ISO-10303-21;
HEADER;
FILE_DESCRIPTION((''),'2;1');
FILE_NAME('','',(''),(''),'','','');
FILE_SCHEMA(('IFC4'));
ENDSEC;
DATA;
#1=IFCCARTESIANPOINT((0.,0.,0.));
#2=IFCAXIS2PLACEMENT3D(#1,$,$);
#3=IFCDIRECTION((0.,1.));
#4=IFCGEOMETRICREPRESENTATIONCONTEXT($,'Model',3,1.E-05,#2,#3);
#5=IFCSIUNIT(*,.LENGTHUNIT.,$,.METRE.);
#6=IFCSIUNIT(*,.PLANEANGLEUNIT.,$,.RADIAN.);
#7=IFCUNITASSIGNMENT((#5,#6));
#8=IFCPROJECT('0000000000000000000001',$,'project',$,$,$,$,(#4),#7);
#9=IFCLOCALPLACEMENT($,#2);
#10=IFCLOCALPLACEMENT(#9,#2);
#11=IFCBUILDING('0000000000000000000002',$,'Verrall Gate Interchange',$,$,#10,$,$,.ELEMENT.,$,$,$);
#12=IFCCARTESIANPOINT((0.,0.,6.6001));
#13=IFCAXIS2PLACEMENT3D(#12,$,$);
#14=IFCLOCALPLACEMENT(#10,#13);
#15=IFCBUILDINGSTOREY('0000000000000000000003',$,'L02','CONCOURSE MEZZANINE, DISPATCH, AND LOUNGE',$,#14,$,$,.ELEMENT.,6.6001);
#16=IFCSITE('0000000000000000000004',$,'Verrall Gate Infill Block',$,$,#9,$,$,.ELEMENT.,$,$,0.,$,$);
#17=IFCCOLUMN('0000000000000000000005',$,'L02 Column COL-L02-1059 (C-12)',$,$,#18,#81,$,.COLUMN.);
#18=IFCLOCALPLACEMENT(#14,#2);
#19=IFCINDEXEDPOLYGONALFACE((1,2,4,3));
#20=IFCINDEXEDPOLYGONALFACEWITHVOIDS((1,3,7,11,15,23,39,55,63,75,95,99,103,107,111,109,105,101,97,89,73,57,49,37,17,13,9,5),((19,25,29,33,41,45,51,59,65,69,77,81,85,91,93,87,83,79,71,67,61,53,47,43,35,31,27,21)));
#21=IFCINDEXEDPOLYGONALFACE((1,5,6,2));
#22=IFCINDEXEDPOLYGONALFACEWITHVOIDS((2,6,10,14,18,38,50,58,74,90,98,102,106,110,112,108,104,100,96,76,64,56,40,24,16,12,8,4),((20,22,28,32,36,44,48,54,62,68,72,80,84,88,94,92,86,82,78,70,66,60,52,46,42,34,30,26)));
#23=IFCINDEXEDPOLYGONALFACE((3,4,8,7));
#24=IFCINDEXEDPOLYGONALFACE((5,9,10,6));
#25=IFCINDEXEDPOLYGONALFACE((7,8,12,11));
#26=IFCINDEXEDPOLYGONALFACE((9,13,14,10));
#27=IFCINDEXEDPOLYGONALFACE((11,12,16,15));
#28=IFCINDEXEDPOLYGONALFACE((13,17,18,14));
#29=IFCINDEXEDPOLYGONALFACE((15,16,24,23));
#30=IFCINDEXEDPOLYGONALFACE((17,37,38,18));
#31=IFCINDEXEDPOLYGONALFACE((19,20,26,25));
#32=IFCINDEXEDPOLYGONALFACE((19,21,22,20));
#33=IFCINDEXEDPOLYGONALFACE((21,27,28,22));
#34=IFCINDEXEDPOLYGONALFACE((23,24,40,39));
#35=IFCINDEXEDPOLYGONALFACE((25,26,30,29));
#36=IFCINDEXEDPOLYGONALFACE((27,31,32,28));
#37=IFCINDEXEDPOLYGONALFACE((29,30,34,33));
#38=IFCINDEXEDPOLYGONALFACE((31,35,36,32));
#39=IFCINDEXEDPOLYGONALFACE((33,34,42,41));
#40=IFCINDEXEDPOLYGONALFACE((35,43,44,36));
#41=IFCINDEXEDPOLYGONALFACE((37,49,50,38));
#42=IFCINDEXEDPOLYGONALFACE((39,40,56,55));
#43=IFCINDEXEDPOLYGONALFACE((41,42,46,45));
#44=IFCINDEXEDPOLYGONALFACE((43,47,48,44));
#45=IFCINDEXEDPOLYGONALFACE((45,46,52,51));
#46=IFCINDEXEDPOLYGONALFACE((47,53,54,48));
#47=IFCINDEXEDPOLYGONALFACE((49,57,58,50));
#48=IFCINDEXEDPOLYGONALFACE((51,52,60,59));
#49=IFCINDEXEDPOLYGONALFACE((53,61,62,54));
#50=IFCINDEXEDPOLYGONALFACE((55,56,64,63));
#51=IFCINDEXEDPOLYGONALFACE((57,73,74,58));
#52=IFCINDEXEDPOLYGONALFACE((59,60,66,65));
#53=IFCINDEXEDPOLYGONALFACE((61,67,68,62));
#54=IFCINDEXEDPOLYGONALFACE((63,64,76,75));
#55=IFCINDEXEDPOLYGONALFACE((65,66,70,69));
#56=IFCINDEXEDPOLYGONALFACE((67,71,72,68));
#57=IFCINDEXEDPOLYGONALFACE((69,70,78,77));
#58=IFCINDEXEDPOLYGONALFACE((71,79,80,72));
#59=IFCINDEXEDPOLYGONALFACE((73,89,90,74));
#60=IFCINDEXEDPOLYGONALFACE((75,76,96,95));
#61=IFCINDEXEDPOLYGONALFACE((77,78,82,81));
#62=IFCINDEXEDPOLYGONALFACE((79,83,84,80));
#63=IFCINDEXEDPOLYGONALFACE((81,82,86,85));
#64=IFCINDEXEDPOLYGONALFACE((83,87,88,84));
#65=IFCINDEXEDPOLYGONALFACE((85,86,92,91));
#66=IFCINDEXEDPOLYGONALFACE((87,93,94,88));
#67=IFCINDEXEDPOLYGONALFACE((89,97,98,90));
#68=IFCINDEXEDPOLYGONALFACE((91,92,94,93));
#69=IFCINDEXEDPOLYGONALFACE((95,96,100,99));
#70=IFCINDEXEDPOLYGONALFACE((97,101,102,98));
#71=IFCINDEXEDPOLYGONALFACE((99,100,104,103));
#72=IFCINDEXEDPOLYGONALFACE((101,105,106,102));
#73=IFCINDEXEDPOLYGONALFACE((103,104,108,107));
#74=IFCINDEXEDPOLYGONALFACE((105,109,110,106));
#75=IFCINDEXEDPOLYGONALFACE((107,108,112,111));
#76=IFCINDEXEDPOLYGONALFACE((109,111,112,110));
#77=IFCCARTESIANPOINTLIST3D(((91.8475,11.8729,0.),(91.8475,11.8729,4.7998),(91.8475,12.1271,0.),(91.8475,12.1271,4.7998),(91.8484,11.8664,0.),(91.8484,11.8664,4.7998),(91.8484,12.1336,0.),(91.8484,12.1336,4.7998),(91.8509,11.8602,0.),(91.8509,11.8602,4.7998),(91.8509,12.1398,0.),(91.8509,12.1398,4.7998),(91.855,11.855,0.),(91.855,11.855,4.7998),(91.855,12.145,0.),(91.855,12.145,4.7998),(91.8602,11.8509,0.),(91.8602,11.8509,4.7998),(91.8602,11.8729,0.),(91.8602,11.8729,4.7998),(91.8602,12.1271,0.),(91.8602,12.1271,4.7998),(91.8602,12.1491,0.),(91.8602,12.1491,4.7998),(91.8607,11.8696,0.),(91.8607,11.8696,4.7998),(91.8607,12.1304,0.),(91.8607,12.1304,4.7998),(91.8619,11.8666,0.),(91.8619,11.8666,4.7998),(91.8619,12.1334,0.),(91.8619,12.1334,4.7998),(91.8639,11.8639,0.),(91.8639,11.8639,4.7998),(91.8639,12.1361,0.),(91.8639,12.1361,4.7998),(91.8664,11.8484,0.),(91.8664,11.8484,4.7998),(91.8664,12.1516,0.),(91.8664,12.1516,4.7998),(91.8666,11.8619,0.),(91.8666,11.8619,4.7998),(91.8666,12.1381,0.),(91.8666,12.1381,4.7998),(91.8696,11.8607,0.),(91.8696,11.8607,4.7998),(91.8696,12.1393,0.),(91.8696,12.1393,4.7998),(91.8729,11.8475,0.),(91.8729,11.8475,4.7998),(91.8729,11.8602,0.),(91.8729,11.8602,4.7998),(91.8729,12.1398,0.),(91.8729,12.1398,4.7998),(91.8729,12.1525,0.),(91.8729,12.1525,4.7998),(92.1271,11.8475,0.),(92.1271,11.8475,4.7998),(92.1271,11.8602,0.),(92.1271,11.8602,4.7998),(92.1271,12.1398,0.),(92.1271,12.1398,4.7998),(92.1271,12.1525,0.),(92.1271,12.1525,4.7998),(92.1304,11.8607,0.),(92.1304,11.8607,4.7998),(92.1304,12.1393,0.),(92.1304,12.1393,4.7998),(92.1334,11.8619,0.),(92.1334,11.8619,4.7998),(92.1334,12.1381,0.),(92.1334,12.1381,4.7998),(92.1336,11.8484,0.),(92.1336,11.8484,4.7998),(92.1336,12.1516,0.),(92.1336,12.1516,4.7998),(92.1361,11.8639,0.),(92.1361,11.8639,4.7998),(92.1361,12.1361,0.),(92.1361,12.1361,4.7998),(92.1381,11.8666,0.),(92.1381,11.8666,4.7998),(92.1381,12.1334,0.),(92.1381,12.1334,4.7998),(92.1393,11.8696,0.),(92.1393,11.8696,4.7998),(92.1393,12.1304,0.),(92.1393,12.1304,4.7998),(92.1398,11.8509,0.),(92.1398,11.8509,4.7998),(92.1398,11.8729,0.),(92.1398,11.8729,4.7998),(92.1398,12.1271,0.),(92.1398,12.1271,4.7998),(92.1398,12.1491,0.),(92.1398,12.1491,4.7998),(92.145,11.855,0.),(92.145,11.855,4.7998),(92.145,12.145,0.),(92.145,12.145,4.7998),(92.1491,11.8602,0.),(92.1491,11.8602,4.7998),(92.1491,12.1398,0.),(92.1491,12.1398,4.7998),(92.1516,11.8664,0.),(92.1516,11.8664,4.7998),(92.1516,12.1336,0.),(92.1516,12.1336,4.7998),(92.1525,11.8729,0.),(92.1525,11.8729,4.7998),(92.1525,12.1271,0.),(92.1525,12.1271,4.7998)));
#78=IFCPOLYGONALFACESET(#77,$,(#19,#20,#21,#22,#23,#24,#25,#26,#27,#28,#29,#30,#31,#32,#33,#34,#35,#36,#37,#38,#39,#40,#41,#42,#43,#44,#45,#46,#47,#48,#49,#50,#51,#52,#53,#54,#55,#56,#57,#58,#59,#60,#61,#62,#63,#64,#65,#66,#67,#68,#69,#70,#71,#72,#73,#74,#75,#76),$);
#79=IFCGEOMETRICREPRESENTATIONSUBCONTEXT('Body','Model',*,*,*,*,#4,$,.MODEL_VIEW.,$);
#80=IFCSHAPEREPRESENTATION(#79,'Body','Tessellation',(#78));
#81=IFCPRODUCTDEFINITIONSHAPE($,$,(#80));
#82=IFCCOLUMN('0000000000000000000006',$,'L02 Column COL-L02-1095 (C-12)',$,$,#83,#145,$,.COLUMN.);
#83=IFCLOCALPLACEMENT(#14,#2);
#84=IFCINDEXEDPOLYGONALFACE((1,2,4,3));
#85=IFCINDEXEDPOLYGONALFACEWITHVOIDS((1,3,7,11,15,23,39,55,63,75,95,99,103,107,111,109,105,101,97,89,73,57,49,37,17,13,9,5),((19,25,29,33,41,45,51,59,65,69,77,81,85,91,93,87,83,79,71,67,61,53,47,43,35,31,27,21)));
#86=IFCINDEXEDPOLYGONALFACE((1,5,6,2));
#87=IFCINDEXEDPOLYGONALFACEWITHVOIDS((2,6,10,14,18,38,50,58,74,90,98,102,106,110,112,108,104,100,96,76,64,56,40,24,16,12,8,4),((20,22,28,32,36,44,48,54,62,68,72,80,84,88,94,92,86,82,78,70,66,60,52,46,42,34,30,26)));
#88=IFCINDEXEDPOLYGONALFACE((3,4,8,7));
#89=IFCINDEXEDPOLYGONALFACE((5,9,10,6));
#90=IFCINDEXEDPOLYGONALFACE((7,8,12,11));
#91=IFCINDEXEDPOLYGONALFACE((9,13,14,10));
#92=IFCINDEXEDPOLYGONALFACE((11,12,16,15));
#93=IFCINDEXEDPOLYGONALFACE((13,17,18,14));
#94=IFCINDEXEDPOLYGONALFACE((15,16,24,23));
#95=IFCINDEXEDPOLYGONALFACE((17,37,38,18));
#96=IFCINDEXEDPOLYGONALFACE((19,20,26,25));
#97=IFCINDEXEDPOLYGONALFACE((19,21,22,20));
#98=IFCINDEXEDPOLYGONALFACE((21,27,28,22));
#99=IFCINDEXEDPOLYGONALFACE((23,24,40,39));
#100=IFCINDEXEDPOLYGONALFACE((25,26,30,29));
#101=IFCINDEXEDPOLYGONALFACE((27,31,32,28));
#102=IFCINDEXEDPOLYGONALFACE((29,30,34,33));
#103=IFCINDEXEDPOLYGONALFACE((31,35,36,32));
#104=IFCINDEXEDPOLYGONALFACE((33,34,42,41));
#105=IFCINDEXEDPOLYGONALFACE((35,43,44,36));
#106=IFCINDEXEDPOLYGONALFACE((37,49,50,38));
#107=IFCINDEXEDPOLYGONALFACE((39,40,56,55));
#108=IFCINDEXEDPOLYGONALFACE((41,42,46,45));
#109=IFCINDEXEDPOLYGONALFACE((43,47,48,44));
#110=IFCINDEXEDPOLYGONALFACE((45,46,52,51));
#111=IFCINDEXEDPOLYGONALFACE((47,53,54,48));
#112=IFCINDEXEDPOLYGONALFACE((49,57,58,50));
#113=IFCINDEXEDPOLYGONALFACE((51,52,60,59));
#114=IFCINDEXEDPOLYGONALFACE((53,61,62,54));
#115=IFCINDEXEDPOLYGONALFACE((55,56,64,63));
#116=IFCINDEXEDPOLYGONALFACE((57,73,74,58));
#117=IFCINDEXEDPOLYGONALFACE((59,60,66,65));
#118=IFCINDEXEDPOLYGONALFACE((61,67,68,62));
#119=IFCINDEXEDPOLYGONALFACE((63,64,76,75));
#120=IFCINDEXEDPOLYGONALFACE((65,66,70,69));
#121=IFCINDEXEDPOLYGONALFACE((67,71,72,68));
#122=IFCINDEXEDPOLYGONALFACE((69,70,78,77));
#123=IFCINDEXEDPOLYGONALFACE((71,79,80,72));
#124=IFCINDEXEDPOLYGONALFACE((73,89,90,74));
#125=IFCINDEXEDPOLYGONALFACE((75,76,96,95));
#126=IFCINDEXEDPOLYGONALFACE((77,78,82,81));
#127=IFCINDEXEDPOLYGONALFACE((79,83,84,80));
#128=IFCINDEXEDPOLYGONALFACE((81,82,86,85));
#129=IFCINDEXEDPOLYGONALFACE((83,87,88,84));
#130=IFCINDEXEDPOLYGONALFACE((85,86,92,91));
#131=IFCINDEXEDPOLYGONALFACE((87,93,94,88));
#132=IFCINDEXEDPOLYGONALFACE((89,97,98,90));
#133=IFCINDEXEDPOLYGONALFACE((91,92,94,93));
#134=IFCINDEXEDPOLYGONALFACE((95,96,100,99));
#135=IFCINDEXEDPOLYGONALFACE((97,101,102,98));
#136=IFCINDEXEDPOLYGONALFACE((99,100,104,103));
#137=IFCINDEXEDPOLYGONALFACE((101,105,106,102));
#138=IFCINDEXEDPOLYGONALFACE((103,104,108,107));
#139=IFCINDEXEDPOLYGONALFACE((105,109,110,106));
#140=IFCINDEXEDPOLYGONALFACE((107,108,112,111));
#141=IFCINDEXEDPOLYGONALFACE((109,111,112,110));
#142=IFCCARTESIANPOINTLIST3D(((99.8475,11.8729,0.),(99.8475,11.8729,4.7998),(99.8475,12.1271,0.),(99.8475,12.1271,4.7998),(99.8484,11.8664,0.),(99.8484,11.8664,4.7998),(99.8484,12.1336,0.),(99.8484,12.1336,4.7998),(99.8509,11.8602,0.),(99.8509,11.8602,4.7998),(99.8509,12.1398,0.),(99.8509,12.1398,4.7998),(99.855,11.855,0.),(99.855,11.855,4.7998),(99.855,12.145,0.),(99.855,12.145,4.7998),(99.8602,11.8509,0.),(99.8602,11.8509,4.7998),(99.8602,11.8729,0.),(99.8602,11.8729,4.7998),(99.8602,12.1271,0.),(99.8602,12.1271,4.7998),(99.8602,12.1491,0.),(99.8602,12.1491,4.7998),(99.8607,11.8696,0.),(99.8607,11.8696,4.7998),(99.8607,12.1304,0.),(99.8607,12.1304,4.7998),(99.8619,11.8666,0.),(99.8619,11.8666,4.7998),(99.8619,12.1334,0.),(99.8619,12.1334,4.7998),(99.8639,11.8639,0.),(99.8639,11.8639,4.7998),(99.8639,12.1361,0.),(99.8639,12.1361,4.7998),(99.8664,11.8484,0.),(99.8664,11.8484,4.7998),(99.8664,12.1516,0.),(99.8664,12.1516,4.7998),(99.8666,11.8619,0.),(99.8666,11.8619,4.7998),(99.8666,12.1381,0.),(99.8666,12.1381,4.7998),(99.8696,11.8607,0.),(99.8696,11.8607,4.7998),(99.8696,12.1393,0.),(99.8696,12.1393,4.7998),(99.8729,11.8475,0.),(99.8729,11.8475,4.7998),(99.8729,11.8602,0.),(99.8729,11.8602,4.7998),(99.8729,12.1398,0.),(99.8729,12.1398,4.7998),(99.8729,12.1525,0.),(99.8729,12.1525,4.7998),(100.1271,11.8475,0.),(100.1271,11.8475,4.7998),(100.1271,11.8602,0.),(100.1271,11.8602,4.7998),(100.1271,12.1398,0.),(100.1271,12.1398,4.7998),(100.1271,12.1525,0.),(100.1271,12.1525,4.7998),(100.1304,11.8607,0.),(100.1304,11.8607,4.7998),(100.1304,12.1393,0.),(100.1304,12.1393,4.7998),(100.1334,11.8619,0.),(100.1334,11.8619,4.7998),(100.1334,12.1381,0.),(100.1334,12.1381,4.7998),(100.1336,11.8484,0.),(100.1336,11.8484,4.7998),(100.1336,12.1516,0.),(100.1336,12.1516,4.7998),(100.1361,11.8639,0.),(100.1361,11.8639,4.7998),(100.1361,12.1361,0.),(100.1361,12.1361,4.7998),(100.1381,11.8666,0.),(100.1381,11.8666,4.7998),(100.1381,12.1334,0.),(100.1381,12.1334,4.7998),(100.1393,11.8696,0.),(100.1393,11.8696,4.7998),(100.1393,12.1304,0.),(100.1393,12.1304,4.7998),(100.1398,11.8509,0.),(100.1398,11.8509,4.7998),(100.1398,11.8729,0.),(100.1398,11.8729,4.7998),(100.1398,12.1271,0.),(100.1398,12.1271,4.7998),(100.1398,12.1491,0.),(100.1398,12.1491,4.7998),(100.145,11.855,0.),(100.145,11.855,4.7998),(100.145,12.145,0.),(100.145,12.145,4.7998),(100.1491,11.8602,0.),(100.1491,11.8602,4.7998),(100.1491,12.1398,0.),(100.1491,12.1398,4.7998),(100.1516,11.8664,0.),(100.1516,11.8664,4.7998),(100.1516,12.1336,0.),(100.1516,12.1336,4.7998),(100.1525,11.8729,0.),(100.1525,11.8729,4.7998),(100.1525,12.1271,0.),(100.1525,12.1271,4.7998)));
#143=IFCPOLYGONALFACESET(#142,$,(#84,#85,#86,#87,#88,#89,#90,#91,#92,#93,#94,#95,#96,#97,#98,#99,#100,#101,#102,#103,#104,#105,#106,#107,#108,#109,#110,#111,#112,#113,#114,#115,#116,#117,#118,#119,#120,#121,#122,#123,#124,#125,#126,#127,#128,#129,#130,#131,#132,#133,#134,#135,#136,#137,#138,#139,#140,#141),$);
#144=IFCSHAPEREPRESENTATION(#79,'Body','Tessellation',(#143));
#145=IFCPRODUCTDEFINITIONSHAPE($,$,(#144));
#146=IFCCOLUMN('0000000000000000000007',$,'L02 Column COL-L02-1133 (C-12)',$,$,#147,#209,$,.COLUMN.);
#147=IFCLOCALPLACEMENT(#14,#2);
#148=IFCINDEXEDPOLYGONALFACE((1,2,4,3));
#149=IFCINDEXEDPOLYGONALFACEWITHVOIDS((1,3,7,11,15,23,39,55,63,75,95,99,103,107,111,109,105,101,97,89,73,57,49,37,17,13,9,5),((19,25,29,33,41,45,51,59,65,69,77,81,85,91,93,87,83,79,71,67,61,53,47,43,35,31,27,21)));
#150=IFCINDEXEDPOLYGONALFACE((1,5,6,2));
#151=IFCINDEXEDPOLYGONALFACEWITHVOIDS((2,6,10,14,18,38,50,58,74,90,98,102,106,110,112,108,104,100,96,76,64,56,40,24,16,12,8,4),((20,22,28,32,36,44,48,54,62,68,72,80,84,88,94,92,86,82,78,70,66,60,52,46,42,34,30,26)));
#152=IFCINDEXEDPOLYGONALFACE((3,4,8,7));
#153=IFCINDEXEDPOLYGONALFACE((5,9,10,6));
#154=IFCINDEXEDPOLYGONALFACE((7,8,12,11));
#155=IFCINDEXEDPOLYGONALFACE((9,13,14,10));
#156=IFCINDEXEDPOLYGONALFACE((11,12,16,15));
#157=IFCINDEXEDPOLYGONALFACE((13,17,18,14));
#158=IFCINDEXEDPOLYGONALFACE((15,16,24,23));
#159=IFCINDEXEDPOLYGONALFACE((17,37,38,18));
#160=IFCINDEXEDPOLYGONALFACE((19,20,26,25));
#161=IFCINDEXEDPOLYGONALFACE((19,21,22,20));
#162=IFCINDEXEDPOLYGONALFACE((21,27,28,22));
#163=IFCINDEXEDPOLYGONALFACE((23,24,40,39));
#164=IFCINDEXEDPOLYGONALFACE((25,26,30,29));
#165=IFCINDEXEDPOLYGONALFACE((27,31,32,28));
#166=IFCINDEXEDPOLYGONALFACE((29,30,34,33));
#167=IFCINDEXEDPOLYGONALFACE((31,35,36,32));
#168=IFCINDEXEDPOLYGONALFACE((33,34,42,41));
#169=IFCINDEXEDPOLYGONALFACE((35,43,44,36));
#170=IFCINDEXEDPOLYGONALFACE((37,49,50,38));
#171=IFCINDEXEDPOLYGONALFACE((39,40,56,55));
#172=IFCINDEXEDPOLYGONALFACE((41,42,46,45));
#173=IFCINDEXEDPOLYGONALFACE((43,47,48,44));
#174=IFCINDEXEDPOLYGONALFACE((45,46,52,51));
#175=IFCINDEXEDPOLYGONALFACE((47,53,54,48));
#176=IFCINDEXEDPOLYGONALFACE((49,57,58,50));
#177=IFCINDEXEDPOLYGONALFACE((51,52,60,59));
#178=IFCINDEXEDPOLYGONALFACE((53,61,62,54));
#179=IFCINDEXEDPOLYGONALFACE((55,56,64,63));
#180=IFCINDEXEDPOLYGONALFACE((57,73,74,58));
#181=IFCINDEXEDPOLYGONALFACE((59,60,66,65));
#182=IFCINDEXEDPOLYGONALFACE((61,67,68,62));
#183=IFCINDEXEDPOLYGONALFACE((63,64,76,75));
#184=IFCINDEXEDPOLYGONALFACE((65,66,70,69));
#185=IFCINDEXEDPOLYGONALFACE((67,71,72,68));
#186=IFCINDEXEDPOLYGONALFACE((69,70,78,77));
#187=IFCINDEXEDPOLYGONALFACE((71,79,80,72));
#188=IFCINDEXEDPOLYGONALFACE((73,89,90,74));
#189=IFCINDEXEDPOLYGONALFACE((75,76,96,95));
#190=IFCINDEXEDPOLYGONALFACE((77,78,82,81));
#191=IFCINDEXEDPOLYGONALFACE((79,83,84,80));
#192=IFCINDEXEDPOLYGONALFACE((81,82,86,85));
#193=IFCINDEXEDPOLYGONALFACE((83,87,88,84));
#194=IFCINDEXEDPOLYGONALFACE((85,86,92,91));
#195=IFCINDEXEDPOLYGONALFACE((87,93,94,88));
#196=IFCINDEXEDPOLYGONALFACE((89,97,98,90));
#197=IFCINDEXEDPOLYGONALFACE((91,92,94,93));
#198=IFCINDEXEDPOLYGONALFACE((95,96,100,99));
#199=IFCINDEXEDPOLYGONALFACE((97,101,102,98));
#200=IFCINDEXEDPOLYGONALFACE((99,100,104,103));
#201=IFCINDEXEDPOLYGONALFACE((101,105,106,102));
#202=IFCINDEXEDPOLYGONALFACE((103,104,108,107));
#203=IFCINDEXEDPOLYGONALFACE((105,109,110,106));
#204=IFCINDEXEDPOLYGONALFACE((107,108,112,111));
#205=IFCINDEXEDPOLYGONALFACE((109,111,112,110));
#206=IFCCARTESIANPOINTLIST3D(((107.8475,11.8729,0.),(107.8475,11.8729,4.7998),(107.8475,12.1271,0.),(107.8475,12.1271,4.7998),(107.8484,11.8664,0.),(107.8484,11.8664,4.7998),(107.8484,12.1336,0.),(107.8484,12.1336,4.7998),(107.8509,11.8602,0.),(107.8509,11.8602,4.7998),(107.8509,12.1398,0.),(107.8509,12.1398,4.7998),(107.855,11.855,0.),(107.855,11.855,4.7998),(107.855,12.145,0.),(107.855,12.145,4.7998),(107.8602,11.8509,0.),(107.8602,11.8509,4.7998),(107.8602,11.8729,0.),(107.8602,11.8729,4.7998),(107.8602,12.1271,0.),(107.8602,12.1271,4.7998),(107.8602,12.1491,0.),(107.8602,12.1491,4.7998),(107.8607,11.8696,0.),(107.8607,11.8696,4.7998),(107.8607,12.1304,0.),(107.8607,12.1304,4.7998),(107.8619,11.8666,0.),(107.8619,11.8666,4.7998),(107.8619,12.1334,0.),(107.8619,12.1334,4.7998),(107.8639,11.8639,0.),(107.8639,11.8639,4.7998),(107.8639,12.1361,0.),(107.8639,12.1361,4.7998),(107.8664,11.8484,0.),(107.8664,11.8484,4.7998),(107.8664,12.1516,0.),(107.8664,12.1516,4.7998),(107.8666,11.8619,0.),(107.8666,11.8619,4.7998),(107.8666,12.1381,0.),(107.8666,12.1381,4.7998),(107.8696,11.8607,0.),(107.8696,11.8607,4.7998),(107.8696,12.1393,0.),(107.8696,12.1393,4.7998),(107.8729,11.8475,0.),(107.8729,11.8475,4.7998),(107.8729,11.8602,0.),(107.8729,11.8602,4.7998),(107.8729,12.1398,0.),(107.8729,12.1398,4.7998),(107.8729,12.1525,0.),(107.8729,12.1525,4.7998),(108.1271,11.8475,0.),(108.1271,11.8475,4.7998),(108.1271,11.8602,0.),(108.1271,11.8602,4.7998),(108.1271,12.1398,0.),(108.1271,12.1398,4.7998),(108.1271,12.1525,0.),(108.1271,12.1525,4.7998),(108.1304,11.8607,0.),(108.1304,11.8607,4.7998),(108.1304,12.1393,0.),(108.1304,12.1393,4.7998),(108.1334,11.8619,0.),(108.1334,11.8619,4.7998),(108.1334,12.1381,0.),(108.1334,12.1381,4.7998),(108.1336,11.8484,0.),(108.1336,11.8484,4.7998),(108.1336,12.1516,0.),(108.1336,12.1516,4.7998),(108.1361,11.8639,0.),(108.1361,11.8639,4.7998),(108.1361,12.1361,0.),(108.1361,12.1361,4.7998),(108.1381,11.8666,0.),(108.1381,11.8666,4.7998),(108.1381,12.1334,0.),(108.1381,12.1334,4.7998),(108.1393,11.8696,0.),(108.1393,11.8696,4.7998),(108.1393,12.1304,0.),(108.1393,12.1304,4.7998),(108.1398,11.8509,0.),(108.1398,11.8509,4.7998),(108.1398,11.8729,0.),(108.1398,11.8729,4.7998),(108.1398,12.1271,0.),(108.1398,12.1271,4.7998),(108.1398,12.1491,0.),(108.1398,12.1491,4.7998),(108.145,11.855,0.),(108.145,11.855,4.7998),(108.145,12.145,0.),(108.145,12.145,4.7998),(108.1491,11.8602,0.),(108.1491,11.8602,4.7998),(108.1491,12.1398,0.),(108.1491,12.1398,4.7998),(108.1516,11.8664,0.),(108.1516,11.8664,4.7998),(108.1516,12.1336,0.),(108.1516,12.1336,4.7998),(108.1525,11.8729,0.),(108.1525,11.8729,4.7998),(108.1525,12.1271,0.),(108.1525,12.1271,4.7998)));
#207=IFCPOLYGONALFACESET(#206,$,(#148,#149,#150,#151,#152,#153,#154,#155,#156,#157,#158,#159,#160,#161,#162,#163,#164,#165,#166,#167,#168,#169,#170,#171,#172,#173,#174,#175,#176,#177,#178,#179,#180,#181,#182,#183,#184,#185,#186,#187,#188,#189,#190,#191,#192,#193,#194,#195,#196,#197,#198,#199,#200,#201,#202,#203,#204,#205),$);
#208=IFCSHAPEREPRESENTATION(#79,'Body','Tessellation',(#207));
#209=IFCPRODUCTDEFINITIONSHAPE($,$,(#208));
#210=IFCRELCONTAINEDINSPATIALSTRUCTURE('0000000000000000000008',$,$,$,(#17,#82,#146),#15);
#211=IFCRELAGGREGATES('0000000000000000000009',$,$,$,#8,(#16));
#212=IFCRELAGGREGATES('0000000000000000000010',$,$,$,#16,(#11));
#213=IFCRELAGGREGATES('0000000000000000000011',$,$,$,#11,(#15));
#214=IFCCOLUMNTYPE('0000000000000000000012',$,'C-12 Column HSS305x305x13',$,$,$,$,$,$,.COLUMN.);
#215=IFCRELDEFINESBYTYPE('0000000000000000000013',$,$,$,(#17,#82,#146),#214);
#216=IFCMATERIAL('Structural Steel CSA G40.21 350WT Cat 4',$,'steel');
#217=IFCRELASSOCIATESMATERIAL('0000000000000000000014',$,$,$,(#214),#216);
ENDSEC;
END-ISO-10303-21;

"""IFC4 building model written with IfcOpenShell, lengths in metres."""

from ifc_helpers import new_model, si_unit, direction, frame, origin, origin_2d, place, context, subcontext, project, spatial, hollow_rectangle, extrude, material, material_profile, profile_set, type_object, element, save


model = new_model("IFC4")

# Units and contexts
model_context = context("Model", 3, precision=1e-05, world=origin(), true_north=direction((0.0, 1.0)))
body_context = subcontext(model_context, "Body", "Model", "MODEL_VIEW")
ifc_project = project(units=[si_unit("LENGTHUNIT", "METRE"), si_unit("PLANEANGLEUNIT", "RADIAN")], contexts=[model_context])

# Site, building, storey
site_placement = place(None, origin())
site = spatial("IfcSite", under=ifc_project, at=site_placement, Name="Verrall Gate Infill Block", CompositionType="ELEMENT", RefElevation=0.0)
building_placement = place(site_placement, origin())
building = spatial("IfcBuilding", under=site, at=building_placement, Name="Verrall Gate Interchange", CompositionType="ELEMENT")
storey_placement = place(building_placement, frame((0.0, 0.0, 6.6001)))
storey = spatial("IfcBuildingStorey", under=building, at=storey_placement, Name="L02", Description="CONCOURSE MEZZANINE, DISPATCH, AND LOUNGE", CompositionType="ELEMENT", Elevation=6.6001)

# Columns
ifc_material_1 = material(Name="Structural Steel CSA G40.21 350WT Cat 4", Category="steel")
ifc_material_profile_1 = material_profile(ifc_material_1, hollow_rectangle(XDim=0.3049, YDim=0.3049, WallThickness=0.0127, InnerFilletRadius=0.0127, OuterFilletRadius=0.0254, at=origin_2d()), Name="HSS305x305x13")
ifc_profile_set_1 = profile_set([ifc_material_profile_1], Name="Structural Steel CSA G40.21 350WT Cat 4")
column_type = type_object("IfcColumnType", Name="C-12 Column HSS305x305x13", PredefinedType="COLUMN", material=ifc_profile_set_1)
for number, where, z_axis, x_axis, name in (
    (1, (92.0, 12.0, 0.0), (0.0, 0.0, 1.0), (1.0, 0.0, 0.0), "L02 Column COL-L02-1059 (C-12)"),
    (2, (100.0, 12.0, 0.0), (0.0, 0.0, 1.0), (1.0, 0.0, 0.0), "L02 Column COL-L02-1095 (C-12)"),
    (3, (108.0, 12.0, 0.0), (0.0, 0.0, 1.0), (1.0, 0.0, 0.0), "L02 Column COL-L02-1133 (C-12)"),
):
    element("IfcColumn", number, at=place(storey_placement, frame(where, z_axis=z_axis, x_axis=x_axis)), inside=storey, type_object=column_type, Name=name, PredefinedType="COLUMN", context=body_context, shape_type="SweptSolid", body=[
        extrude(hollow_rectangle(XDim=0.3049, YDim=0.3049, WallThickness=0.0127, InnerFilletRadius=0.0127, OuterFilletRadius=0.0254, at=origin_2d()), origin(), (0.0, 0.0, 1.0), 4.7998),
    ])

save(model, "model.ifc")
